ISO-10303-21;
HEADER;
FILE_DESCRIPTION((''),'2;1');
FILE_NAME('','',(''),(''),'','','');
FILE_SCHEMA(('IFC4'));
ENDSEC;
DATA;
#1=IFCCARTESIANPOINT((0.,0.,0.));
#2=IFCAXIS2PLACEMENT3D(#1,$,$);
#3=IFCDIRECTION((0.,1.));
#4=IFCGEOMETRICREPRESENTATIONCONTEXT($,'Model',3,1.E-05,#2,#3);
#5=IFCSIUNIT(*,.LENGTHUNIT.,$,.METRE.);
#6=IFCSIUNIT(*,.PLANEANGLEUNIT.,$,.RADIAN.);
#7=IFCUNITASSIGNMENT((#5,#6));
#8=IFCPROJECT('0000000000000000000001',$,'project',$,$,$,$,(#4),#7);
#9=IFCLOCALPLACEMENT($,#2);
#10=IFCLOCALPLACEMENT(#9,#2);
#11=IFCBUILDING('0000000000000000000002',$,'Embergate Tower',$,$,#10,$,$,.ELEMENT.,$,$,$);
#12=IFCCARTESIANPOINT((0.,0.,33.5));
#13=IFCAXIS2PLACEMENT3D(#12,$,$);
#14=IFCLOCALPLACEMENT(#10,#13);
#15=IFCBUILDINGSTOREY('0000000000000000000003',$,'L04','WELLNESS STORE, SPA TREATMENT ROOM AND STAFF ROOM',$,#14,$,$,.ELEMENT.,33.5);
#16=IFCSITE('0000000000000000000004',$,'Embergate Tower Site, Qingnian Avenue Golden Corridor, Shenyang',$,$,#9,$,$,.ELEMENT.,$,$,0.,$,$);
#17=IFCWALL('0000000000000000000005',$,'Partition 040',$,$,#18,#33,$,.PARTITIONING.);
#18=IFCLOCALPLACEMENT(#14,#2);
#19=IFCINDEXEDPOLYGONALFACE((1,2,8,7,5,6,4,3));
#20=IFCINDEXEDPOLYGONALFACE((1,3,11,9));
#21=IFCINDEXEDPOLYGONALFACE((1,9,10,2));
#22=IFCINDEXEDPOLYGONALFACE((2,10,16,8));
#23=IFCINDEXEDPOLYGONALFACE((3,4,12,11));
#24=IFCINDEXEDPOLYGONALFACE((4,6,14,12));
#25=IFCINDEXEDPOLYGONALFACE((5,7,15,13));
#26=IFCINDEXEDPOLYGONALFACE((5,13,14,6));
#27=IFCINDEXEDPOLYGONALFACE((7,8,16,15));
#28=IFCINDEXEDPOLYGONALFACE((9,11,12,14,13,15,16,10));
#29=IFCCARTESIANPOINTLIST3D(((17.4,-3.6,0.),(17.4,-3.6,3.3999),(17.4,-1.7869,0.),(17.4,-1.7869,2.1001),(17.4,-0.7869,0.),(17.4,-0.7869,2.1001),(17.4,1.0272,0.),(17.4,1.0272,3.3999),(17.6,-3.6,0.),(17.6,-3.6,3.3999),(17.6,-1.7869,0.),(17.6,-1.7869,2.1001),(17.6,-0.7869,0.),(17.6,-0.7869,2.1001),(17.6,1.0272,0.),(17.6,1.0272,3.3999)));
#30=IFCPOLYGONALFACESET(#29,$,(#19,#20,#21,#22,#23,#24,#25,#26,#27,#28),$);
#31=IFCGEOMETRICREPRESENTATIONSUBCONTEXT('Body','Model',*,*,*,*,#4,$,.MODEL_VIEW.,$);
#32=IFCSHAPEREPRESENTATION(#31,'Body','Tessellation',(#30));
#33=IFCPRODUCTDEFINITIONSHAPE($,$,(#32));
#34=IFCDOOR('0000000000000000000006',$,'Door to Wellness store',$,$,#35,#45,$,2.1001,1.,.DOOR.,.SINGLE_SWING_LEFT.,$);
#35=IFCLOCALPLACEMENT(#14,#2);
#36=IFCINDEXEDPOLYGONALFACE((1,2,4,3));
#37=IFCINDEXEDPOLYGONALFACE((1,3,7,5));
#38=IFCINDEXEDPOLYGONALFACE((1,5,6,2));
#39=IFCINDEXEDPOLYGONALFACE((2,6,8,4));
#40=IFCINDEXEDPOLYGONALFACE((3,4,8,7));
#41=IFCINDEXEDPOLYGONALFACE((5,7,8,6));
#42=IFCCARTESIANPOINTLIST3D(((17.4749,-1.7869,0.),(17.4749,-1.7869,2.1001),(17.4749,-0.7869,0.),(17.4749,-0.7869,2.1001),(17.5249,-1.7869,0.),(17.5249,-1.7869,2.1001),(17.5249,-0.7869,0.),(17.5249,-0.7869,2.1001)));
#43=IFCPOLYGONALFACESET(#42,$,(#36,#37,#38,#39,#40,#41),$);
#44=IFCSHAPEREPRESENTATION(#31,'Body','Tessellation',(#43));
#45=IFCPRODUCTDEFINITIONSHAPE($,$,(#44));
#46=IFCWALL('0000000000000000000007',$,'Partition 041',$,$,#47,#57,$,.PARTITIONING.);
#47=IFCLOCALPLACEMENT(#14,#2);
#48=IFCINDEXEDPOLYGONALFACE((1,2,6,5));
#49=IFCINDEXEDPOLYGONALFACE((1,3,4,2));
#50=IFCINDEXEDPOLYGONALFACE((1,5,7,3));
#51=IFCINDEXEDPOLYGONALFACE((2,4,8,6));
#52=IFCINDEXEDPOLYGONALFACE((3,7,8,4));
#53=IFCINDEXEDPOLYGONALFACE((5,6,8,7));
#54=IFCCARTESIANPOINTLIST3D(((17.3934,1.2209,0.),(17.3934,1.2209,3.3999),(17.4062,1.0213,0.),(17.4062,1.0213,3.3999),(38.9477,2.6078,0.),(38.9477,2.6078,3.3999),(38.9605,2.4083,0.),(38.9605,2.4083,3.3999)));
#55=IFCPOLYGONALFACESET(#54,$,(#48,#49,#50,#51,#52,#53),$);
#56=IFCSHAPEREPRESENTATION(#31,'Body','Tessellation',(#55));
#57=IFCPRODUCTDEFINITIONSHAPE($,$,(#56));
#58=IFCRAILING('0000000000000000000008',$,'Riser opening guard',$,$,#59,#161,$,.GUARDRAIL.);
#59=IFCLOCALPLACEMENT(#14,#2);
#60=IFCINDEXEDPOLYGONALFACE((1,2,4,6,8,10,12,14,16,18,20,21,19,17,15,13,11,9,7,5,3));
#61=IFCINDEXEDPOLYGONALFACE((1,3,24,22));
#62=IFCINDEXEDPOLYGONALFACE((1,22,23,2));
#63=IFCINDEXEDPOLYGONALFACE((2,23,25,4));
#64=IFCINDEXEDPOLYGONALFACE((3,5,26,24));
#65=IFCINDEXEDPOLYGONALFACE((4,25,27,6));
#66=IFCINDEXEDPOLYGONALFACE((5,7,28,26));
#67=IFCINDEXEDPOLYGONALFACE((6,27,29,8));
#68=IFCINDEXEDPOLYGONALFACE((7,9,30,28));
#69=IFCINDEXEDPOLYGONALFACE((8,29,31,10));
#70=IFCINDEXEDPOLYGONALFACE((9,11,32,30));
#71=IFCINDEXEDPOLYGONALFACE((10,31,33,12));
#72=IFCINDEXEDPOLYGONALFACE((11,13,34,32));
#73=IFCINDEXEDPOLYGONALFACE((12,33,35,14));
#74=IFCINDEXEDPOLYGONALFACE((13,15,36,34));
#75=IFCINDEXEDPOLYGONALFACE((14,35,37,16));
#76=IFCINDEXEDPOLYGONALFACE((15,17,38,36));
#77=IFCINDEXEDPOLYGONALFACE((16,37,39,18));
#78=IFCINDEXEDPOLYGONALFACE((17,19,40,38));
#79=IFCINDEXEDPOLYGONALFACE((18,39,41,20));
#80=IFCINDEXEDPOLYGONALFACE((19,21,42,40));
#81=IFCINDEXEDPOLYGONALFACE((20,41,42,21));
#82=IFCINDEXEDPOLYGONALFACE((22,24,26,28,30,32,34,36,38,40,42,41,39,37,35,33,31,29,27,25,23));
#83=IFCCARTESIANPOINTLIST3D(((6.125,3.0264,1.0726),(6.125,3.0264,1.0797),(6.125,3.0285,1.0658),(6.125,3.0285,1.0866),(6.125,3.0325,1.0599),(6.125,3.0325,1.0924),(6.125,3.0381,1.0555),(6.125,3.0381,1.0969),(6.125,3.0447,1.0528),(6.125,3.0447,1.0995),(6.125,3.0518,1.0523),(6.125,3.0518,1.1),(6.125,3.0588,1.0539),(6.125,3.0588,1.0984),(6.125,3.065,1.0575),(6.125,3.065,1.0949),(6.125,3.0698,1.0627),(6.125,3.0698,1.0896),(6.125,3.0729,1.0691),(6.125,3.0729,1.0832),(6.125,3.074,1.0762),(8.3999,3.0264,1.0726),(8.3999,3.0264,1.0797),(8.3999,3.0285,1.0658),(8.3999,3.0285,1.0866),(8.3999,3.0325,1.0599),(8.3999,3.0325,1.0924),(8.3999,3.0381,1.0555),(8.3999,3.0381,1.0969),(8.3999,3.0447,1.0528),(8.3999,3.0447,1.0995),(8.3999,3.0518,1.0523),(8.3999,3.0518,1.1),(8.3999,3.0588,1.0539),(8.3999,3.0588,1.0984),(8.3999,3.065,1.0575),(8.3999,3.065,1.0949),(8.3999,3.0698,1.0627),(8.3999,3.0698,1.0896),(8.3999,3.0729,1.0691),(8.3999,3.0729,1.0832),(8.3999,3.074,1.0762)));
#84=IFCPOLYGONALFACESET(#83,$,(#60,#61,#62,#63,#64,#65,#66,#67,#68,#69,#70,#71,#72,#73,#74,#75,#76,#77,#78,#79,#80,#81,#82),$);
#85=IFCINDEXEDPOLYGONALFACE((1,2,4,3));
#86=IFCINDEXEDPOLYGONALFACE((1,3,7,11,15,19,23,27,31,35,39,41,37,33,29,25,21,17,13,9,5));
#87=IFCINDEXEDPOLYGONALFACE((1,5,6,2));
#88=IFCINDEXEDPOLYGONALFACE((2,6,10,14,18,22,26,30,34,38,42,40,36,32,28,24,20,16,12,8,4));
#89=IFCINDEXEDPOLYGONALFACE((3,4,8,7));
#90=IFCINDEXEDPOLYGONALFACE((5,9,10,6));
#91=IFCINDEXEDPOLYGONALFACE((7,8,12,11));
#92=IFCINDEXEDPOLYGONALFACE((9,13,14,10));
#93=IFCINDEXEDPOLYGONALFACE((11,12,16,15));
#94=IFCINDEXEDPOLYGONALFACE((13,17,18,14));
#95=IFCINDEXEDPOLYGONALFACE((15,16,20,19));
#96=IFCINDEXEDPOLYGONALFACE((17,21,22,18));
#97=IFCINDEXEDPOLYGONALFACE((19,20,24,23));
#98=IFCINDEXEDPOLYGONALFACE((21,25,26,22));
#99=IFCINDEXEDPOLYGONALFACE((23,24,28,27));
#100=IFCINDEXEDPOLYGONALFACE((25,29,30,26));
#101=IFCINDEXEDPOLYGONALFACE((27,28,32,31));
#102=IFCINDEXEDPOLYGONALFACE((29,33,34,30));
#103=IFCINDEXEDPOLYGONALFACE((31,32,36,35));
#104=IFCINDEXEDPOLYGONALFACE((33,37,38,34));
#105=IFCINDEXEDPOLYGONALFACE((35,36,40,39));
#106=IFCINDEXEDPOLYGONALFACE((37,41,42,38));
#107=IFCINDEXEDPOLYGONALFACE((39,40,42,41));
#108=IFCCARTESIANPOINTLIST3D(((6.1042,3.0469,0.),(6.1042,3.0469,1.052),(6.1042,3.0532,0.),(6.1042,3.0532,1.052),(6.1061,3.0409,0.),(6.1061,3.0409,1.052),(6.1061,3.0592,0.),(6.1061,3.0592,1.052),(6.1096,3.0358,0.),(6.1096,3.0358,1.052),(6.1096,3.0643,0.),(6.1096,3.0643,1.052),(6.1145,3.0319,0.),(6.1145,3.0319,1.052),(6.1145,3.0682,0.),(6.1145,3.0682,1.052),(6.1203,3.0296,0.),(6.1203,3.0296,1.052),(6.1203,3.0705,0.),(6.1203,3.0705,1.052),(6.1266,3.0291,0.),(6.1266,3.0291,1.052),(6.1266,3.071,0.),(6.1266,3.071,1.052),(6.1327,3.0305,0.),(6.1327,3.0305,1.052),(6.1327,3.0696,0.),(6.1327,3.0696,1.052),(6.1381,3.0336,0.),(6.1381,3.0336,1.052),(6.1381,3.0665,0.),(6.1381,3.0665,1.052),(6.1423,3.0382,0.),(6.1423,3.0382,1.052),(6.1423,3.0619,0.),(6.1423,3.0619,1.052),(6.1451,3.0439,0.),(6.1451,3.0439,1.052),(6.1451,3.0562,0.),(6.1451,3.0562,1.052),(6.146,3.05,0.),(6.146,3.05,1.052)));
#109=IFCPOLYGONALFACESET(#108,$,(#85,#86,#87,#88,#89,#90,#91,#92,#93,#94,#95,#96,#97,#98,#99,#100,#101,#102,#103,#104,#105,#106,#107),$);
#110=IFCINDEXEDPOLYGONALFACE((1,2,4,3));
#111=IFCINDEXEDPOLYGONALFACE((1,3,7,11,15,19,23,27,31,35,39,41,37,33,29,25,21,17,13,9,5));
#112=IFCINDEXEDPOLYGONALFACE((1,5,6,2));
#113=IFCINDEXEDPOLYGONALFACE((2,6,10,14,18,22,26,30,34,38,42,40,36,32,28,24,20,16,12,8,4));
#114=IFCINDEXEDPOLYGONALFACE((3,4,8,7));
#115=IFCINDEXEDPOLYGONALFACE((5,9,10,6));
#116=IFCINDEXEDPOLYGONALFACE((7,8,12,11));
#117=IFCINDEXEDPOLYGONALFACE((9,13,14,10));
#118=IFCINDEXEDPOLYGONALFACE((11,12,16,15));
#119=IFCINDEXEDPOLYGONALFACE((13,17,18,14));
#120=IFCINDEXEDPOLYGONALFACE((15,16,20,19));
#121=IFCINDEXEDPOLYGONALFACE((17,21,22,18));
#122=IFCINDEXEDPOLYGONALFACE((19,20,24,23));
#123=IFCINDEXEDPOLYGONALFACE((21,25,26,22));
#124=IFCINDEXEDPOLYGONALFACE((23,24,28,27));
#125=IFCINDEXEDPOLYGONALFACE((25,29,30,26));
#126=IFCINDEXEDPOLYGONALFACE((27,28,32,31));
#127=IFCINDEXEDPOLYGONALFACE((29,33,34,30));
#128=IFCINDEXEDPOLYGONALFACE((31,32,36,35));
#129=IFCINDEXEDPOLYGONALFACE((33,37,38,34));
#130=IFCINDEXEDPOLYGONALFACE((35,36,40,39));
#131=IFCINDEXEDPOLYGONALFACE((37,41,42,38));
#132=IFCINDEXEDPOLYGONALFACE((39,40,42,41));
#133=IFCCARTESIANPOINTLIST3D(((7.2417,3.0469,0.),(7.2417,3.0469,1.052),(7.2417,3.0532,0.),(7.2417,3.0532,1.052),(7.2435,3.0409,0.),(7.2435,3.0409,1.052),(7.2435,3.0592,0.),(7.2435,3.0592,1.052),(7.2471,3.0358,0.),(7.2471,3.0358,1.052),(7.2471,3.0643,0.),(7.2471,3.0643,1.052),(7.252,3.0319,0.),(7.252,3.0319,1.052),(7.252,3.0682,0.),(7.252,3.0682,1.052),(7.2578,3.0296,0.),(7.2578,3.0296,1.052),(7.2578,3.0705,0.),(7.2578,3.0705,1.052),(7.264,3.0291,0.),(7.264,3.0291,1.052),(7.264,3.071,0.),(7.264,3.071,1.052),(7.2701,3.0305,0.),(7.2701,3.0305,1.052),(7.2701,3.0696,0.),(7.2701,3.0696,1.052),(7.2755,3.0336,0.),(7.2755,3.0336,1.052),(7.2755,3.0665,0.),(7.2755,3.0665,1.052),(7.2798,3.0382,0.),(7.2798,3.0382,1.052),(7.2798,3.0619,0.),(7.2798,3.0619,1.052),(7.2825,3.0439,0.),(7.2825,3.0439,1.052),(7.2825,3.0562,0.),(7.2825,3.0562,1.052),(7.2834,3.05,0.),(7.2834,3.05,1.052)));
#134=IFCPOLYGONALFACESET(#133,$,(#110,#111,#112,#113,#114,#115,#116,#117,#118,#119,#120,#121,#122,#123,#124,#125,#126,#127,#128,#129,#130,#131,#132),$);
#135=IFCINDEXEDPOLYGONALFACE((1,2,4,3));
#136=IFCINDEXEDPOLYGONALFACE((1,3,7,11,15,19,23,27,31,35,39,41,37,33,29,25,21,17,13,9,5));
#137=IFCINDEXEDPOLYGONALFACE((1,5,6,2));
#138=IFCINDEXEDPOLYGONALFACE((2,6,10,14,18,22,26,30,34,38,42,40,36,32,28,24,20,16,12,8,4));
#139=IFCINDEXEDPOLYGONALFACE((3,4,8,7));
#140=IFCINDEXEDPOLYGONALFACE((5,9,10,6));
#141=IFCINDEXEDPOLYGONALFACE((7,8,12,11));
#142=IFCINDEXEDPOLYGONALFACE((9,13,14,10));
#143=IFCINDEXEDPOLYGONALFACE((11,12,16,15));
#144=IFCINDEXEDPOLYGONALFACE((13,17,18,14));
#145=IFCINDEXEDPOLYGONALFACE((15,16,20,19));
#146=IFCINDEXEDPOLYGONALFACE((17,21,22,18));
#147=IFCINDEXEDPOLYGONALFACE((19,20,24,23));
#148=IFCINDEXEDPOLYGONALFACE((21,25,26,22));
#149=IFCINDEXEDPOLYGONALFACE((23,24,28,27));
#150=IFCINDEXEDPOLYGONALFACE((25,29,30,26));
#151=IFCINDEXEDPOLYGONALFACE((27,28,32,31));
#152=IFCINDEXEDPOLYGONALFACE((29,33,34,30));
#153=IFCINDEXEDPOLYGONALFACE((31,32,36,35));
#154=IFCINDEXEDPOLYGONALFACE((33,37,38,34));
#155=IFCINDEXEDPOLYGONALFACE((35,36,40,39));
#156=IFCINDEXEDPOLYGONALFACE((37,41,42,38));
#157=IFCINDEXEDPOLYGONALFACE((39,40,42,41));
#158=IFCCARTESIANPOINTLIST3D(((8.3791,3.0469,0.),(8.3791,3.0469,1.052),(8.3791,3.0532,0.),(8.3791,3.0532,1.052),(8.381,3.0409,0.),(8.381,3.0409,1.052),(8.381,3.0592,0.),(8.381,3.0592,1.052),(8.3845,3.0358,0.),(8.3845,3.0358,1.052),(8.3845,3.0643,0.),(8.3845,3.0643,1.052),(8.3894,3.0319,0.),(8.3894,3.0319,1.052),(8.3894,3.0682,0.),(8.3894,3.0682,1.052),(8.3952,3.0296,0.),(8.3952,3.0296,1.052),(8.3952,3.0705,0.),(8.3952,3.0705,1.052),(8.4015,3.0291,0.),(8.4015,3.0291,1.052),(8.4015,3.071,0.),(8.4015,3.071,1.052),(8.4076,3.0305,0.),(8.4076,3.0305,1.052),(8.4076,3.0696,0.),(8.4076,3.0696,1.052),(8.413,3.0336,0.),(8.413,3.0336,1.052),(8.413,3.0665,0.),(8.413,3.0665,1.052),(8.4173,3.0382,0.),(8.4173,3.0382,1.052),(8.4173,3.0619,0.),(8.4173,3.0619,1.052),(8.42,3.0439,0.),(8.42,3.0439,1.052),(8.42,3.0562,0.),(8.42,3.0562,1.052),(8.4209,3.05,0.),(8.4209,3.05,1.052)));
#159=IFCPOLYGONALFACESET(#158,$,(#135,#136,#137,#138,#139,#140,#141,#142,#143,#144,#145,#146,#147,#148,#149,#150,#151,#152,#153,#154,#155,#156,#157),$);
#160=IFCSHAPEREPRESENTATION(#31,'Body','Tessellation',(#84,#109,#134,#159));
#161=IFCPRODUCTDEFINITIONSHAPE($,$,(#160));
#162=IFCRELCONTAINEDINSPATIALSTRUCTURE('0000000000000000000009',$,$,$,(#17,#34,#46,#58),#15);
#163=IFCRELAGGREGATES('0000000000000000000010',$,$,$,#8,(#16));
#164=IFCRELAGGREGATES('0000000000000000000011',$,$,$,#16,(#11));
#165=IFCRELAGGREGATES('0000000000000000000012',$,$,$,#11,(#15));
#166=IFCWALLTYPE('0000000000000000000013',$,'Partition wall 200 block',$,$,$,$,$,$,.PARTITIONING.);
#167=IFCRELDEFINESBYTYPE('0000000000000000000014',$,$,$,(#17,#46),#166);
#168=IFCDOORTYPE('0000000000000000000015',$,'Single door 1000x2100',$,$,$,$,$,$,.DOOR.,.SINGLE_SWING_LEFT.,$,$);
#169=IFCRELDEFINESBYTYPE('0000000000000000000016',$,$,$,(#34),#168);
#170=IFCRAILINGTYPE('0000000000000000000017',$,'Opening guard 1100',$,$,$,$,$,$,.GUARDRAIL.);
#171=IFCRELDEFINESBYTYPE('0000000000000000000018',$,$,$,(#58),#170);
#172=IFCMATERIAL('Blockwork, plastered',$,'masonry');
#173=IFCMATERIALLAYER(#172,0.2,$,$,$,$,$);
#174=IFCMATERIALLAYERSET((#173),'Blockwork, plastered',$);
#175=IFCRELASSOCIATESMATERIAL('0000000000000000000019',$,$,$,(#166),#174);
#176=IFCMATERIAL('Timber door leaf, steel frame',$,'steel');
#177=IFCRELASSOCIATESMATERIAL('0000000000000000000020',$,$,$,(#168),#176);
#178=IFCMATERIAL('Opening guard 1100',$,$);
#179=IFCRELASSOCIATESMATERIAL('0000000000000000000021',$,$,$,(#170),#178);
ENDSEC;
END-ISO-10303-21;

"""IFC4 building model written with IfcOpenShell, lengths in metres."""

from ifc_helpers import new_model, si_unit, direction, frame, frame_2d, origin, origin_2d, place, context, subcontext, project, spatial, rectangle, circle, extrude, source, transform, mapped, material, layer, layer_set, type_object, element, fill, save


model = new_model("IFC4")

# Units and contexts
model_context = context("Model", 3, precision=1e-05, world=origin(), true_north=direction((0.0, 1.0)))
body_context = subcontext(model_context, "Body", "Model", "MODEL_VIEW")
ifc_project = project(units=[si_unit("LENGTHUNIT", "METRE"), si_unit("PLANEANGLEUNIT", "RADIAN")], contexts=[model_context])

# Site, building, storey
site_placement = place(None, origin())
site = spatial("IfcSite", under=ifc_project, at=site_placement, Name="Embergate Tower Site, Qingnian Avenue Golden Corridor, Shenyang", CompositionType="ELEMENT", RefElevation=0.0)
building_placement = place(site_placement, origin())
building = spatial("IfcBuilding", under=site, at=building_placement, Name="Embergate Tower", CompositionType="ELEMENT")
storey_placement = place(building_placement, frame((0.0, 0.0, 33.5)))
storey = spatial("IfcBuildingStorey", under=building, at=storey_placement, Name="L04", Description="WELLNESS STORE, SPA TREATMENT ROOM AND STAFF ROOM", CompositionType="ELEMENT", Elevation=33.5)

# Wall, opening, door
ifc_material_1 = material(Name="Blockwork, plastered", Category="masonry")
ifc_layer_1 = layer(ifc_material_1, 0.2)
ifc_layer_set_1 = layer_set([ifc_layer_1], Name="Blockwork, plastered")
wall_type_1 = type_object("IfcWallType", Name="Partition wall 200 block", PredefinedType="PARTITIONING", material=ifc_layer_set_1)
shared_shape_1 = source(origin(), body_context, "Body", "SweptSolid", [
    extrude(rectangle(XDim=4.6272, YDim=0.2, at=frame_2d((2.3135, 0.0))), origin(), (0.0, 0.0, 1.0), 3.3999),
])
wall_1_placement = place(storey_placement, frame((17.5, 1.0271, 0.0), z_axis=(0.0, 0.0, 1.0), x_axis=(0.0, -1.0, 0.0)))
wall_1 = element("IfcWall", 1, at=wall_1_placement, inside=storey, type_object=wall_type_1, Name="Partition 040", PredefinedType="PARTITIONING", context=body_context, shape_type="MappedRepresentation", body=[
    mapped(shared_shape_1, transform((0.0, 0.0, 0.0))),
])
shared_shape_2 = source(origin(), body_context, "Body", "SweptSolid", [
    extrude(rectangle(XDim=1.0, YDim=2.1001, at=frame_2d((0.5, 1.05))), frame((0.0, 0.1099, 0.0), z_axis=(0.0, -1.0, 0.0), x_axis=(1.0, 0.0, 0.0)), (0.0, 0.0, 1.0), 0.22),
])
opening_1_placement = place(wall_1_placement, frame((1.814, 0.0, 0.0)))
opening_1 = element("IfcOpeningElement", 2, at=opening_1_placement, cuts=wall_1, PredefinedType="OPENING", context=body_context, shape_type="MappedRepresentation", body=[
    mapped(shared_shape_2, transform((0.0, 0.0, 0.0))),
])
ifc_material_2 = material(Name="Timber door leaf, steel frame", Category="steel")
door_type_1 = type_object("IfcDoorType", Name="Single door 1000x2100", OperationType="SINGLE_SWING_LEFT", PredefinedType="DOOR", material=ifc_material_2)
shared_shape_3 = source(origin(), body_context, "Body", "SweptSolid", [
    extrude(rectangle(XDim=1.0, YDim=2.1001, at=frame_2d((0.5, 1.05))), frame((0.0, 0.0249, 0.0), z_axis=(0.0, -1.0, 0.0), x_axis=(1.0, 0.0, 0.0)), (0.0, 0.0, 1.0), 0.05),
])
door_1_placement = place(opening_1_placement, origin())
door_1 = element("IfcDoor", 3, at=door_1_placement, inside=storey, type_object=door_type_1, Name="Door to Wellness store", OperationType="SINGLE_SWING_LEFT", OverallHeight=2.1001, OverallWidth=1.0, PredefinedType="DOOR", context=body_context, shape_type="MappedRepresentation", body=[
    mapped(shared_shape_3, transform((0.0, 0.0, 0.0))),
])
fill(opening_1, door_1)

# Wall
shared_shape_4 = source(origin(), body_context, "Body", "SweptSolid", [
    extrude(rectangle(XDim=21.5989, YDim=0.2, at=frame_2d((10.7993, 0.0))), origin(), (0.0, 0.0, 1.0), 3.3999),
])
wall_2_placement = place(storey_placement, frame((17.3999, 1.1211, 0.0), z_axis=(0.0, 0.0, 1.0), x_axis=(0.997936, 0.064215, 0.0)))
element("IfcWall", 4, at=wall_2_placement, inside=storey, type_object=wall_type_1, Name="Partition 041", PredefinedType="PARTITIONING", context=body_context, shape_type="MappedRepresentation", body=[
    mapped(shared_shape_4, transform((0.0, 0.0, 0.0))),
])

# Railing
ifc_material_3 = material(Name="Opening guard 1100")
railing_type = type_object("IfcRailingType", Name="Opening guard 1100", PredefinedType="GUARDRAIL", material=ifc_material_3)
shared_shape_5 = source(origin(), body_context, "Body", "SweptSolid", [
    extrude(circle(Radius=0.0239, at=origin_2d()), frame((0.0, 0.0, 1.0762), z_axis=(1.0, 0.0, 0.0), x_axis=(0.0, 1.0, 0.0)), (0.0, 0.0, 1.0), 2.2749),
    extrude(circle(Radius=0.021, at=origin_2d()), origin(), (0.0, 0.0, 1.0), 1.052),
    extrude(circle(Radius=0.021, at=origin_2d()), frame((1.1375, 0.0, 0.0)), (0.0, 0.0, 1.0), 1.052),
    extrude(circle(Radius=0.021, at=origin_2d()), frame((2.2749, 0.0, 0.0)), (0.0, 0.0, 1.0), 1.052),
])
railing_placement = place(storey_placement, frame((6.125, 3.05, 0.0)))
element("IfcRailing", 5, at=railing_placement, inside=storey, type_object=railing_type, Name="Riser opening guard", PredefinedType="GUARDRAIL", context=body_context, shape_type="MappedRepresentation", body=[
    mapped(shared_shape_5, transform((0.0, 0.0, 0.0))),
])

save(model, "model.ifc")
